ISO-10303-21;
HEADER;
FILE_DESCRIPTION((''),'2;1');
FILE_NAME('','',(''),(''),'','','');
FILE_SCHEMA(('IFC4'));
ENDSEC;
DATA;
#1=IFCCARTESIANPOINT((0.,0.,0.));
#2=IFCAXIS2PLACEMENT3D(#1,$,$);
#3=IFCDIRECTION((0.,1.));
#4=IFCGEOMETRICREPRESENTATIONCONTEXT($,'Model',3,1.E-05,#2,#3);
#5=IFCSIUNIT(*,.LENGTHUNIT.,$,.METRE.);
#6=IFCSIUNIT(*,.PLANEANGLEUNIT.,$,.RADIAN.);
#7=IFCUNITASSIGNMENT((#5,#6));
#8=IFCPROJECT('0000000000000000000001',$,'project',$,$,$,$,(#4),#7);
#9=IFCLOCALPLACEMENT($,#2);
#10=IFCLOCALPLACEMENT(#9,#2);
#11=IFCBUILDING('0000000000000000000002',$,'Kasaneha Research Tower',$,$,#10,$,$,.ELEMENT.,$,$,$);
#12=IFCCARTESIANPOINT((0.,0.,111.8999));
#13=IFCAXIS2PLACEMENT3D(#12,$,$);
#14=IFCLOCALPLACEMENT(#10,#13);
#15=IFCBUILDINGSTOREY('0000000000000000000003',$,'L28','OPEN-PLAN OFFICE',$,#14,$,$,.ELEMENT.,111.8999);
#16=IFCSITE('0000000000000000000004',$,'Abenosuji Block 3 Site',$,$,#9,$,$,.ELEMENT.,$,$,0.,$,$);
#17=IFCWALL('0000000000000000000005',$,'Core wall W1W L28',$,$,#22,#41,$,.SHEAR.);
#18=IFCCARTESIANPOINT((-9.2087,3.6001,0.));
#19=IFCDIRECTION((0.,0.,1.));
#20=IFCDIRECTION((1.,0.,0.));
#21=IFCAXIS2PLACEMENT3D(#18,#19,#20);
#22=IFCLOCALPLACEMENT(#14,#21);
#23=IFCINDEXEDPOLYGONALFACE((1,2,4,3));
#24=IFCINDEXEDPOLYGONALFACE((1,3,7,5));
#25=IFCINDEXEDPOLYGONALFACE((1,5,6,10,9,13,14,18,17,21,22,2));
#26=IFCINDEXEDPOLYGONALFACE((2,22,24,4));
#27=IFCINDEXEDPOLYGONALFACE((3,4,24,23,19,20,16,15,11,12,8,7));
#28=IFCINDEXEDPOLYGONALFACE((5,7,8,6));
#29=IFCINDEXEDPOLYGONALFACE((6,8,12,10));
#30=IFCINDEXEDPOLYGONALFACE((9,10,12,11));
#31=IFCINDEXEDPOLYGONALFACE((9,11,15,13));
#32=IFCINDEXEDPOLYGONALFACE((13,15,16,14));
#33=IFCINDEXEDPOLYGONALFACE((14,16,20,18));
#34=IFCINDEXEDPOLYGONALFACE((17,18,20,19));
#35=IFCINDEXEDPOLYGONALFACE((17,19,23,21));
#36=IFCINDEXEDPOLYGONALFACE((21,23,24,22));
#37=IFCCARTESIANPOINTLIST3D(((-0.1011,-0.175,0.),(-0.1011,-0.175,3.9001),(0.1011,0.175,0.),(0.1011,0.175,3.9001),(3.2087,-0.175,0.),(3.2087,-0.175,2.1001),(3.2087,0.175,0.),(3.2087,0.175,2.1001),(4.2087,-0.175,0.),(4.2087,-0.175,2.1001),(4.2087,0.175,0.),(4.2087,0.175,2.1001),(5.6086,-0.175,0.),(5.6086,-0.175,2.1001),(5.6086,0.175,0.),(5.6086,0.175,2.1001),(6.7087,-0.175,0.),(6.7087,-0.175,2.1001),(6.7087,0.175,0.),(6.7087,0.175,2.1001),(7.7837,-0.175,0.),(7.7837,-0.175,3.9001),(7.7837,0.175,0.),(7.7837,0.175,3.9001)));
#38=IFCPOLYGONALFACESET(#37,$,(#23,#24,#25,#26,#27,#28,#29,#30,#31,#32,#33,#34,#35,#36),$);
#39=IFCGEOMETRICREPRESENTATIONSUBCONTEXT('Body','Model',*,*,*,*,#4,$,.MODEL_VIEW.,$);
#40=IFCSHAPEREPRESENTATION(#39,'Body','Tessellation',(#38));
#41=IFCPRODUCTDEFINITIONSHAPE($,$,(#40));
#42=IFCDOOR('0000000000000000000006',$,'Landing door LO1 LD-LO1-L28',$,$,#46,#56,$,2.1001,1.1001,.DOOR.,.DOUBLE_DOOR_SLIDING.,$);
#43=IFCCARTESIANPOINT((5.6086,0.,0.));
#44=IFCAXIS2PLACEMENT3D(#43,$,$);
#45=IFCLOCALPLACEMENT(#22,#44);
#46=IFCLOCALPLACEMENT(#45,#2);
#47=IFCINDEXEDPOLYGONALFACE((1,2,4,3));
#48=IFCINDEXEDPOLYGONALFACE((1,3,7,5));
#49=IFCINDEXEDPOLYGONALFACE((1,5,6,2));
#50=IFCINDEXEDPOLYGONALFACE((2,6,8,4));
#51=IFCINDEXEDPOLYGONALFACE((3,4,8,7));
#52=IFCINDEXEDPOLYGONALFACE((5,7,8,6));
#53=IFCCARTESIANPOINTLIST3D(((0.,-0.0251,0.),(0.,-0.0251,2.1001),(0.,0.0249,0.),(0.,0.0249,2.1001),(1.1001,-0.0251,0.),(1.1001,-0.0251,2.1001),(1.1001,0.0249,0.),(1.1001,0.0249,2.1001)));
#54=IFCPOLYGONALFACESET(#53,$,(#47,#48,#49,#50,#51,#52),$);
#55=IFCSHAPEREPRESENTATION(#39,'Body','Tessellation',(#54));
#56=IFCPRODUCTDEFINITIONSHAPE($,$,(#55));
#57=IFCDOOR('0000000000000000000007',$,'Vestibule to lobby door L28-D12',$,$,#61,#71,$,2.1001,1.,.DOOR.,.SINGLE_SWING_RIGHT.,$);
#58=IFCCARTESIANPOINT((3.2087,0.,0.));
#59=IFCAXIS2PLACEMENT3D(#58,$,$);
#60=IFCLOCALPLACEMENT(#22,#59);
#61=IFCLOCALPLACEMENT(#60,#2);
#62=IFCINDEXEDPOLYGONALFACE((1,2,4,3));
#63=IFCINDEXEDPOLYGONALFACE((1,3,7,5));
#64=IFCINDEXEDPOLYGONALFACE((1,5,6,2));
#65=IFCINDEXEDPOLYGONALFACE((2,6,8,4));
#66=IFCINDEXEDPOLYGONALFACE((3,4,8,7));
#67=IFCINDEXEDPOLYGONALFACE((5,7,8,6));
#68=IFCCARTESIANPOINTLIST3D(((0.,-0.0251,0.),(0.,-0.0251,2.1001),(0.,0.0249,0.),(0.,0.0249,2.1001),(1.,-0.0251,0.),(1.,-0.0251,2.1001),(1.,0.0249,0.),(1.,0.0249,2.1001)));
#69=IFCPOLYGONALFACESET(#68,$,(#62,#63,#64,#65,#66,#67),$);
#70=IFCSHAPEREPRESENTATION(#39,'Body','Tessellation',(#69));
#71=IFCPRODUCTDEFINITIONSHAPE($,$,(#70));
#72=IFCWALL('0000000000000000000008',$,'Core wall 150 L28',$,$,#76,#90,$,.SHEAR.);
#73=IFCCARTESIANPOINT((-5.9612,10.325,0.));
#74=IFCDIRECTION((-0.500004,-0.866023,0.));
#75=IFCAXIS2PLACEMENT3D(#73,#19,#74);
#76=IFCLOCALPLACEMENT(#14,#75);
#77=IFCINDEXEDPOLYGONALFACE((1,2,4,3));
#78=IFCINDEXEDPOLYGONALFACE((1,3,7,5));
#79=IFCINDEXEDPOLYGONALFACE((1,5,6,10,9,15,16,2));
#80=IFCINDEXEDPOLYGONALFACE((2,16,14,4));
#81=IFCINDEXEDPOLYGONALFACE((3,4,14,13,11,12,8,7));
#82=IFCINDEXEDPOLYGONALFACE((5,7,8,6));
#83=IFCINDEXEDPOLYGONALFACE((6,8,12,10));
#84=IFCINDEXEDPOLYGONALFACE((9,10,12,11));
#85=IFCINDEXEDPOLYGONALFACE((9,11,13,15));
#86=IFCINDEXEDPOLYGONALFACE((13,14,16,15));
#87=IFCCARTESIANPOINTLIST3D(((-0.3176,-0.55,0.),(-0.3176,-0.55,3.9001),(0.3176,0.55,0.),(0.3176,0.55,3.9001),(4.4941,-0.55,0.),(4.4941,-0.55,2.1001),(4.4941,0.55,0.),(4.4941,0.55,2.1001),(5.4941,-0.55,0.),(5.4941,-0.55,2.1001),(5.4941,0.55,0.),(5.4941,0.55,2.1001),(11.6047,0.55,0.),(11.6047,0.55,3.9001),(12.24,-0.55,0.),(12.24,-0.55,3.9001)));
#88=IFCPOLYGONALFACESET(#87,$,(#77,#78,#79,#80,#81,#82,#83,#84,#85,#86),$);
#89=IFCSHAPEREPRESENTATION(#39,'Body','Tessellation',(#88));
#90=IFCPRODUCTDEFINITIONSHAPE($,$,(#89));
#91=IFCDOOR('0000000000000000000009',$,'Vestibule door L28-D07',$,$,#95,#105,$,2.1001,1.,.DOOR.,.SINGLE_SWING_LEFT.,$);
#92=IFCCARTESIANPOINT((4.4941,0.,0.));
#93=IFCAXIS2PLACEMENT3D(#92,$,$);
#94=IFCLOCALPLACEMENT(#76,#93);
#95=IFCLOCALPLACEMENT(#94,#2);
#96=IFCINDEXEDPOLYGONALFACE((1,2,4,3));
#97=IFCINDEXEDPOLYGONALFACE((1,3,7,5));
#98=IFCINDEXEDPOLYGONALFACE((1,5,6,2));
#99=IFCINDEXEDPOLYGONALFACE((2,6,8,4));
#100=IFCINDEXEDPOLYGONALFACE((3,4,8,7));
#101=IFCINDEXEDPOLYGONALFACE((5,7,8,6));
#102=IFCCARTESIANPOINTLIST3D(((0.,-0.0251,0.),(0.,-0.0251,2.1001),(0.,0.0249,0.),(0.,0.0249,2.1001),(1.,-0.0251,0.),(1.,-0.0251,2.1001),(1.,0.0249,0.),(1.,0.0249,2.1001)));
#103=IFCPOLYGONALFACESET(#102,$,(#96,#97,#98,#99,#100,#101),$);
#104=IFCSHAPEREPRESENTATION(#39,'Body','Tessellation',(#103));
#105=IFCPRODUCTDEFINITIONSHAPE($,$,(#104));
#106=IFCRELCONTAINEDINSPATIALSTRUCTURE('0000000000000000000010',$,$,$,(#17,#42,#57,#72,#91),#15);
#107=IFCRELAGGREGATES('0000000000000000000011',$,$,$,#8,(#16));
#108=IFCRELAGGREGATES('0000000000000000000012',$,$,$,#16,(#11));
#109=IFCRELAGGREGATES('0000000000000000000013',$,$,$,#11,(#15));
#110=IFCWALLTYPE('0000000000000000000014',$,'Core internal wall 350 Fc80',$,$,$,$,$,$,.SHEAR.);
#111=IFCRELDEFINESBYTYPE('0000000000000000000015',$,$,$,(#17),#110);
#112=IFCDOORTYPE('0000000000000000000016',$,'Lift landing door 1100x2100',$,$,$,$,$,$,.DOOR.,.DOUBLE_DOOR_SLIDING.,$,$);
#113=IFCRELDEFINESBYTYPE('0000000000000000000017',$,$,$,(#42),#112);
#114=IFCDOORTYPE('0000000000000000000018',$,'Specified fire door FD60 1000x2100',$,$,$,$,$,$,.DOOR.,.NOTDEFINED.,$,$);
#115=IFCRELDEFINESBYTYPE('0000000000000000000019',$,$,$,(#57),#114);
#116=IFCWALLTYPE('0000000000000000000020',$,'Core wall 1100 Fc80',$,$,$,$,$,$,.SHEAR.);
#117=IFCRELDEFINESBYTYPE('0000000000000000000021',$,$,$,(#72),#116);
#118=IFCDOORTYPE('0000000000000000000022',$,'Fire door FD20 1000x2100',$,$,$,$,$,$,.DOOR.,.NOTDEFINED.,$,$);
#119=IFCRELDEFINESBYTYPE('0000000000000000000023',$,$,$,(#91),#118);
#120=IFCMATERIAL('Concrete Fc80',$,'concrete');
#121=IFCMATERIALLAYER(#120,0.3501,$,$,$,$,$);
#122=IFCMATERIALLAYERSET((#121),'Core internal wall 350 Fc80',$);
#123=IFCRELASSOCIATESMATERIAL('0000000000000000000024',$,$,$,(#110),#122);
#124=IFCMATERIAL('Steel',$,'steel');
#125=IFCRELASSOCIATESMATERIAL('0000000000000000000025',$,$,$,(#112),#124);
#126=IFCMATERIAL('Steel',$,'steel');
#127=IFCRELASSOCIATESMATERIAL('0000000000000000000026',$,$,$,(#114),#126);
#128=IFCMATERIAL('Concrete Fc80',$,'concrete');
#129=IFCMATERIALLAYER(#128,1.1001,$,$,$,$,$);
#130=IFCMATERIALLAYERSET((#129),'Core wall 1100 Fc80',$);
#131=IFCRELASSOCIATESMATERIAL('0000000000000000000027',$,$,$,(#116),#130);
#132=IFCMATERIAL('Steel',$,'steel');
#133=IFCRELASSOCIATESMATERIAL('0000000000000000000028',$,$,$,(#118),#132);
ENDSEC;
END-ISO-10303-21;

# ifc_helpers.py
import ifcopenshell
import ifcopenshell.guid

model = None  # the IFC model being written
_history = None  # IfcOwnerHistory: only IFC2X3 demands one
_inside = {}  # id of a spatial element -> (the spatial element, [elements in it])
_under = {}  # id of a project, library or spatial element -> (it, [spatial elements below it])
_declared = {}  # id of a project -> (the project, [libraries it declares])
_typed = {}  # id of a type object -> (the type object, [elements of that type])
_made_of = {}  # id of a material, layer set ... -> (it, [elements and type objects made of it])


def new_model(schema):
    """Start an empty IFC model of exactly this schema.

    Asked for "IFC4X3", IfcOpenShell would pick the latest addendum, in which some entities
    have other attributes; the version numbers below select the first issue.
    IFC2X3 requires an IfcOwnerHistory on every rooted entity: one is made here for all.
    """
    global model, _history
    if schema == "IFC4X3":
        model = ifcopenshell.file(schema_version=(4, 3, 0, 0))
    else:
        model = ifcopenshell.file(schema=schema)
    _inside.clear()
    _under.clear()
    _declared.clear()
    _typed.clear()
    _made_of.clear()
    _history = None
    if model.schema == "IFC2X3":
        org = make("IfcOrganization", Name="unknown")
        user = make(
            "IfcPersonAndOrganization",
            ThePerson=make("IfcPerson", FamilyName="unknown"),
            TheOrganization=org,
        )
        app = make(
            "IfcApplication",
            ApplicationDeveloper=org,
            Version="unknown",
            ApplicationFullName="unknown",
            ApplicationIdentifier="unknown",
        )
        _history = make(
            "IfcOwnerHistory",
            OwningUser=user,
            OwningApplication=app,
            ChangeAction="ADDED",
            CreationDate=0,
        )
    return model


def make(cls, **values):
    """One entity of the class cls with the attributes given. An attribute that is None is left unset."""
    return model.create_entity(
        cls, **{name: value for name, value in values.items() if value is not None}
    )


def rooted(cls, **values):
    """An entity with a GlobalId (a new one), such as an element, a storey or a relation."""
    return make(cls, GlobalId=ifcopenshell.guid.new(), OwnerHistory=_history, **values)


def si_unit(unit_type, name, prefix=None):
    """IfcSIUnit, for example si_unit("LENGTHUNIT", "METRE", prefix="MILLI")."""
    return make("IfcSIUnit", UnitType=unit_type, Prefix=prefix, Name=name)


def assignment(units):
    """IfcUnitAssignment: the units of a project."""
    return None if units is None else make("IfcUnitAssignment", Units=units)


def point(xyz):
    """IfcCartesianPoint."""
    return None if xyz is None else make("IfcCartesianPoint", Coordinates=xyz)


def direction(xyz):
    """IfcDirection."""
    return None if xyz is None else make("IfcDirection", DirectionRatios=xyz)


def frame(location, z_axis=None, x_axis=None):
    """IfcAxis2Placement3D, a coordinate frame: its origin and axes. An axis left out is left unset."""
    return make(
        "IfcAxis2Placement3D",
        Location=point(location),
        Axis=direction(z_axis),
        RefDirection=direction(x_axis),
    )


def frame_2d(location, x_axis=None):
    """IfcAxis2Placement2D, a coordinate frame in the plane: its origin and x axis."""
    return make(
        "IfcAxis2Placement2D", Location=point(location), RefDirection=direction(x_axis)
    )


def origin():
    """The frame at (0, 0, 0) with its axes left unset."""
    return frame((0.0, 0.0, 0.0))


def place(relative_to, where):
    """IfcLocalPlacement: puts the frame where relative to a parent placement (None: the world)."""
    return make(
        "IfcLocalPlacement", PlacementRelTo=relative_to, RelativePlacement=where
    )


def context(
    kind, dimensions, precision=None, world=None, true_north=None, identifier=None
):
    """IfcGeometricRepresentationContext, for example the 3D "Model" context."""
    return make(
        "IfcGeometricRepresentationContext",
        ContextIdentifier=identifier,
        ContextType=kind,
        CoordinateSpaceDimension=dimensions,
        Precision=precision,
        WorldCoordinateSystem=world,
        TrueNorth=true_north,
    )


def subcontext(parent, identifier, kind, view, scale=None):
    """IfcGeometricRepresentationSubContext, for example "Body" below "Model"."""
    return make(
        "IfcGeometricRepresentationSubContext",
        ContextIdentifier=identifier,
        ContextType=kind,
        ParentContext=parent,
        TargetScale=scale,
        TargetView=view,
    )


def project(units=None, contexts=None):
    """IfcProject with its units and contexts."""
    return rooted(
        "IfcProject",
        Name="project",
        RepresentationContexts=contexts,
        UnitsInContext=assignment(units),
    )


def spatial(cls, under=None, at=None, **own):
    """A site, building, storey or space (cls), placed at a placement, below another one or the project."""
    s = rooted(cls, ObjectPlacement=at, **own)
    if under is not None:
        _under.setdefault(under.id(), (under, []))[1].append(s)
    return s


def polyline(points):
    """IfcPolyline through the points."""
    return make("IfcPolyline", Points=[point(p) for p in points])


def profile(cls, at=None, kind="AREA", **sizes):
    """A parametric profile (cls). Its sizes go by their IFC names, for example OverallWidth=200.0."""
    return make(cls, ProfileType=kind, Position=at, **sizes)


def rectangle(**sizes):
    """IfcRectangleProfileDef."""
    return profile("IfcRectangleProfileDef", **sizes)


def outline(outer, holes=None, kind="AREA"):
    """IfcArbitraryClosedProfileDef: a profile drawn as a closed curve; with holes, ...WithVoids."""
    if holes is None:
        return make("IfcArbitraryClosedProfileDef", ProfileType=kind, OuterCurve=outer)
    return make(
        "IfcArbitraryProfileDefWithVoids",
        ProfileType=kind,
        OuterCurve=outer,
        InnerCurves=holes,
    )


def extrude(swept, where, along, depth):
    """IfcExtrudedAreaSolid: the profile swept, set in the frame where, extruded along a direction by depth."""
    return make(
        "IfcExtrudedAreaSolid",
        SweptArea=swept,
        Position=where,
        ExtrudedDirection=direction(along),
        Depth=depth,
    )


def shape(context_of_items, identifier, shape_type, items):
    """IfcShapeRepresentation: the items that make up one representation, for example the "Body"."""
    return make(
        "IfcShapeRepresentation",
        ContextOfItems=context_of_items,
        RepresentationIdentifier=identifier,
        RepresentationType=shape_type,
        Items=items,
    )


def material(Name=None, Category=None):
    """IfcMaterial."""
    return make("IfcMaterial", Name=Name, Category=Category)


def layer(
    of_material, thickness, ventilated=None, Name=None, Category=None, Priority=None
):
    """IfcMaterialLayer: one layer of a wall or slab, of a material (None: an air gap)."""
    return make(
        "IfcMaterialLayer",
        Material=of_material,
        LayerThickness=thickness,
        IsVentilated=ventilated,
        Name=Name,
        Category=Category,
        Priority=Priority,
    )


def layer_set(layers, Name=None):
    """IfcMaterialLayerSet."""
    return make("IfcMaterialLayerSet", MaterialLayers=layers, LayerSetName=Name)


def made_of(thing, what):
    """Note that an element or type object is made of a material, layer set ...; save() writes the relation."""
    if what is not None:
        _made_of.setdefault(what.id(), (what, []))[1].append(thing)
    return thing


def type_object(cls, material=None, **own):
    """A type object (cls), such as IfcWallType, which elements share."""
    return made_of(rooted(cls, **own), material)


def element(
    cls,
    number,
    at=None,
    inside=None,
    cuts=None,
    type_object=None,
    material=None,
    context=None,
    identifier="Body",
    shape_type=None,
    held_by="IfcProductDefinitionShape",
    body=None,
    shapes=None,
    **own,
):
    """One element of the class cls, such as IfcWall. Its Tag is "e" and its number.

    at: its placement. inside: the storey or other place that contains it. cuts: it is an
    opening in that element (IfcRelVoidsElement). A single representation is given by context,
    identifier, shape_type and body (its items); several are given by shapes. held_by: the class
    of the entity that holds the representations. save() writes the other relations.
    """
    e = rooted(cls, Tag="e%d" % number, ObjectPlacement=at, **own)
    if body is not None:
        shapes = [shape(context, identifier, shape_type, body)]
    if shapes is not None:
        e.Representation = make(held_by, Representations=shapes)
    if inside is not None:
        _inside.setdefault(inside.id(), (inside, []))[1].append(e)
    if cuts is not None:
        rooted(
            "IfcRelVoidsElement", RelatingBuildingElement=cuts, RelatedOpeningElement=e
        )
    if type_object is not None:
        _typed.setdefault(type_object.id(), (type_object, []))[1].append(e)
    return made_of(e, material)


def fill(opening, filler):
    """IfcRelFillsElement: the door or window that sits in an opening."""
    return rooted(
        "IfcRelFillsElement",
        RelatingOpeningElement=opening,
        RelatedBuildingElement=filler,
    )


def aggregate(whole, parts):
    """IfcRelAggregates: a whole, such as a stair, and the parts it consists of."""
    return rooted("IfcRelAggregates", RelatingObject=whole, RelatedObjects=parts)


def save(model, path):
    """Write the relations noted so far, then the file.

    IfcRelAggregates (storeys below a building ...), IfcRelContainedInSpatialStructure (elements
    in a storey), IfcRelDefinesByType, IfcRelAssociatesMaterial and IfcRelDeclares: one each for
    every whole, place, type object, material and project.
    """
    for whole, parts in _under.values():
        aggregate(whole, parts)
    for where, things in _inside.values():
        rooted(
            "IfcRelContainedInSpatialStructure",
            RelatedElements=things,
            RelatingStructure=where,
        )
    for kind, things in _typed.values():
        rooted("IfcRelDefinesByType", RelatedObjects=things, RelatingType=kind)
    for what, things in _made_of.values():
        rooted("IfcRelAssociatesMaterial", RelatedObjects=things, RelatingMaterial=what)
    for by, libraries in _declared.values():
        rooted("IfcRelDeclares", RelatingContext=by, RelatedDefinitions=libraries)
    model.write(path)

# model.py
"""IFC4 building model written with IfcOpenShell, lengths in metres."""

from ifc_helpers import new_model, si_unit, direction, frame, frame_2d, origin, place, context, subcontext, project, spatial, polyline, rectangle, outline, extrude, material, layer, layer_set, type_object, element, fill, save


model = new_model("IFC4")

# Units and contexts
model_context = context("Model", 3, precision=1e-05, world=origin(), true_north=direction((0.0, 1.0)))
body_context = subcontext(model_context, "Body", "Model", "MODEL_VIEW")
ifc_project = project(units=[si_unit("LENGTHUNIT", "METRE"), si_unit("PLANEANGLEUNIT", "RADIAN")], contexts=[model_context])

# Site, building, storey
site_placement = place(None, origin())
site = spatial("IfcSite", under=ifc_project, at=site_placement, Name="Abenosuji Block 3 Site", CompositionType="ELEMENT", RefElevation=0.0)
building_placement = place(site_placement, origin())
building = spatial("IfcBuilding", under=site, at=building_placement, Name="Kasaneha Research Tower", CompositionType="ELEMENT")
storey_placement = place(building_placement, frame((0.0, 0.0, 111.8999)))
storey = spatial("IfcBuildingStorey", under=building, at=storey_placement, Name="L28", Description="OPEN-PLAN OFFICE", CompositionType="ELEMENT", Elevation=111.8999)

# Wall, openings, doors
ifc_material_1 = material(Name="Concrete Fc80", Category="concrete")
ifc_layer_1 = layer(ifc_material_1, 0.3501)
ifc_layer_set_1 = layer_set([ifc_layer_1], Name="Core internal wall 350 Fc80")
wall_type_1 = type_object("IfcWallType", Name="Core internal wall 350 Fc80", PredefinedType="SHEAR", material=ifc_layer_set_1)
wall_1_placement = place(storey_placement, frame((-9.2087, 3.6001, 0.0), z_axis=(0.0, 0.0, 1.0), x_axis=(1.0, 0.0, 0.0)))
wall_1 = element("IfcWall", 1, at=wall_1_placement, inside=storey, type_object=wall_type_1, Name="Core wall W1W L28", PredefinedType="SHEAR", context=body_context, shape_type="SweptSolid", body=[
    extrude(outline(polyline([(-0.1011, -0.175), (3.2087, -0.175), (4.2087, -0.175), (5.6086, -0.175), (6.7087, -0.175), (7.7837, -0.175), (7.7837, 0.175), (6.7087, 0.175), (5.6086, 0.175), (4.2087, 0.175), (3.2087, 0.175), (0.1011, 0.175), (-0.1011, -0.175)])), origin(), (0.0, 0.0, 1.0), 3.9001),
])
opening_1_placement = place(wall_1_placement, frame((3.2087, 0.0, 0.0)))
opening_1 = element("IfcOpeningElement", 2, at=opening_1_placement, cuts=wall_1, PredefinedType="OPENING", context=body_context, shape_type="SweptSolid", body=[
    extrude(rectangle(XDim=1.0, YDim=2.1001, at=frame_2d((0.5, 1.05))), frame((0.0, 0.1851, 0.0), z_axis=(0.0, -1.0, 0.0), x_axis=(1.0, 0.0, 0.0)), (0.0, 0.0, 1.0), 0.3701),
])
opening_2_placement = place(wall_1_placement, frame((5.6086, 0.0, 0.0)))
opening_2 = element("IfcOpeningElement", 3, at=opening_2_placement, cuts=wall_1, PredefinedType="OPENING", context=body_context, shape_type="SweptSolid", body=[
    extrude(rectangle(XDim=1.1001, YDim=2.1001, at=frame_2d((0.55, 1.05))), frame((0.0, 0.1851, 0.0), z_axis=(0.0, -1.0, 0.0), x_axis=(1.0, 0.0, 0.0)), (0.0, 0.0, 1.0), 0.3701),
])
ifc_material_2 = material(Name="Steel", Category="steel")
door_type_1 = type_object("IfcDoorType", Name="Lift landing door 1100x2100", OperationType="DOUBLE_DOOR_SLIDING", PredefinedType="DOOR", material=ifc_material_2)
door_1_placement = place(opening_2_placement, origin())
door_1 = element("IfcDoor", 4, at=door_1_placement, inside=storey, type_object=door_type_1, Name="Landing door LO1 LD-LO1-L28", OperationType="DOUBLE_DOOR_SLIDING", OverallHeight=2.1001, OverallWidth=1.1001, PredefinedType="DOOR", context=body_context, shape_type="SweptSolid", body=[
    extrude(rectangle(XDim=1.1001, YDim=2.1001, at=frame_2d((0.55, 1.05))), frame((0.0, 0.0249, 0.0), z_axis=(0.0, -1.0, 0.0), x_axis=(1.0, 0.0, 0.0)), (0.0, 0.0, 1.0), 0.05),
])
fill(opening_2, door_1)
ifc_material_3 = material(Name="Steel", Category="steel")
door_type_2 = type_object("IfcDoorType", Name="Specified fire door FD60 1000x2100", OperationType="NOTDEFINED", PredefinedType="DOOR", material=ifc_material_3)
door_2_placement = place(opening_1_placement, origin())
door_2 = element("IfcDoor", 5, at=door_2_placement, inside=storey, type_object=door_type_2, Name="Vestibule to lobby door L28-D12", OperationType="SINGLE_SWING_RIGHT", OverallHeight=2.1001, OverallWidth=1.0, PredefinedType="DOOR", context=body_context, shape_type="SweptSolid", body=[
    extrude(rectangle(XDim=1.0, YDim=2.1001, at=frame_2d((0.5, 1.05))), frame((0.0, 0.0249, 0.0), z_axis=(0.0, -1.0, 0.0), x_axis=(1.0, 0.0, 0.0)), (0.0, 0.0, 1.0), 0.05),
])
fill(opening_1, door_2)

# Wall, opening, door
ifc_material_4 = material(Name="Concrete Fc80", Category="concrete")
ifc_layer_2 = layer(ifc_material_4, 1.1001)
ifc_layer_set_2 = layer_set([ifc_layer_2], Name="Core wall 1100 Fc80")
wall_type_2 = type_object("IfcWallType", Name="Core wall 1100 Fc80", PredefinedType="SHEAR", material=ifc_layer_set_2)
wall_2_placement = place(storey_placement, frame((-5.9612, 10.325, 0.0), z_axis=(0.0, 0.0, 1.0), x_axis=(-0.500004, -0.866023, 0.0)))
wall_2 = element("IfcWall", 6, at=wall_2_placement, inside=storey, type_object=wall_type_2, Name="Core wall 150 L28", PredefinedType="SHEAR", context=body_context, shape_type="SweptSolid", body=[
    extrude(outline(polyline([(-0.3176, -0.55), (4.4941, -0.55), (5.4941, -0.55), (12.24, -0.55), (11.6047, 0.55), (5.4941, 0.55), (4.4941, 0.55), (0.3176, 0.55), (-0.3176, -0.55)])), origin(), (0.0, 0.0, 1.0), 3.9001),
])
opening_3_placement = place(wall_2_placement, frame((4.4941, 0.0, 0.0)))
opening_3 = element("IfcOpeningElement", 7, at=opening_3_placement, cuts=wall_2, PredefinedType="OPENING", context=body_context, shape_type="SweptSolid", body=[
    extrude(rectangle(XDim=1.0, YDim=2.1001, at=frame_2d((0.5, 1.05))), frame((0.0, 0.5601, 0.0), z_axis=(0.0, -1.0, 0.0), x_axis=(1.0, 0.0, 0.0)), (0.0, 0.0, 1.0), 1.1201),
])
ifc_material_5 = material(Name="Steel", Category="steel")
door_type_3 = type_object("IfcDoorType", Name="Fire door FD20 1000x2100", OperationType="NOTDEFINED", PredefinedType="DOOR", material=ifc_material_5)
door_3_placement = place(opening_3_placement, origin())
door_3 = element("IfcDoor", 8, at=door_3_placement, inside=storey, type_object=door_type_3, Name="Vestibule door L28-D07", OperationType="SINGLE_SWING_LEFT", OverallHeight=2.1001, OverallWidth=1.0, PredefinedType="DOOR", context=body_context, shape_type="SweptSolid", body=[
    extrude(rectangle(XDim=1.0, YDim=2.1001, at=frame_2d((0.5, 1.05))), frame((0.0, 0.0249, 0.0), z_axis=(0.0, -1.0, 0.0), x_axis=(1.0, 0.0, 0.0)), (0.0, 0.0, 1.0), 0.05),
])
fill(opening_3, door_3)

save(model, "model.ifc")
